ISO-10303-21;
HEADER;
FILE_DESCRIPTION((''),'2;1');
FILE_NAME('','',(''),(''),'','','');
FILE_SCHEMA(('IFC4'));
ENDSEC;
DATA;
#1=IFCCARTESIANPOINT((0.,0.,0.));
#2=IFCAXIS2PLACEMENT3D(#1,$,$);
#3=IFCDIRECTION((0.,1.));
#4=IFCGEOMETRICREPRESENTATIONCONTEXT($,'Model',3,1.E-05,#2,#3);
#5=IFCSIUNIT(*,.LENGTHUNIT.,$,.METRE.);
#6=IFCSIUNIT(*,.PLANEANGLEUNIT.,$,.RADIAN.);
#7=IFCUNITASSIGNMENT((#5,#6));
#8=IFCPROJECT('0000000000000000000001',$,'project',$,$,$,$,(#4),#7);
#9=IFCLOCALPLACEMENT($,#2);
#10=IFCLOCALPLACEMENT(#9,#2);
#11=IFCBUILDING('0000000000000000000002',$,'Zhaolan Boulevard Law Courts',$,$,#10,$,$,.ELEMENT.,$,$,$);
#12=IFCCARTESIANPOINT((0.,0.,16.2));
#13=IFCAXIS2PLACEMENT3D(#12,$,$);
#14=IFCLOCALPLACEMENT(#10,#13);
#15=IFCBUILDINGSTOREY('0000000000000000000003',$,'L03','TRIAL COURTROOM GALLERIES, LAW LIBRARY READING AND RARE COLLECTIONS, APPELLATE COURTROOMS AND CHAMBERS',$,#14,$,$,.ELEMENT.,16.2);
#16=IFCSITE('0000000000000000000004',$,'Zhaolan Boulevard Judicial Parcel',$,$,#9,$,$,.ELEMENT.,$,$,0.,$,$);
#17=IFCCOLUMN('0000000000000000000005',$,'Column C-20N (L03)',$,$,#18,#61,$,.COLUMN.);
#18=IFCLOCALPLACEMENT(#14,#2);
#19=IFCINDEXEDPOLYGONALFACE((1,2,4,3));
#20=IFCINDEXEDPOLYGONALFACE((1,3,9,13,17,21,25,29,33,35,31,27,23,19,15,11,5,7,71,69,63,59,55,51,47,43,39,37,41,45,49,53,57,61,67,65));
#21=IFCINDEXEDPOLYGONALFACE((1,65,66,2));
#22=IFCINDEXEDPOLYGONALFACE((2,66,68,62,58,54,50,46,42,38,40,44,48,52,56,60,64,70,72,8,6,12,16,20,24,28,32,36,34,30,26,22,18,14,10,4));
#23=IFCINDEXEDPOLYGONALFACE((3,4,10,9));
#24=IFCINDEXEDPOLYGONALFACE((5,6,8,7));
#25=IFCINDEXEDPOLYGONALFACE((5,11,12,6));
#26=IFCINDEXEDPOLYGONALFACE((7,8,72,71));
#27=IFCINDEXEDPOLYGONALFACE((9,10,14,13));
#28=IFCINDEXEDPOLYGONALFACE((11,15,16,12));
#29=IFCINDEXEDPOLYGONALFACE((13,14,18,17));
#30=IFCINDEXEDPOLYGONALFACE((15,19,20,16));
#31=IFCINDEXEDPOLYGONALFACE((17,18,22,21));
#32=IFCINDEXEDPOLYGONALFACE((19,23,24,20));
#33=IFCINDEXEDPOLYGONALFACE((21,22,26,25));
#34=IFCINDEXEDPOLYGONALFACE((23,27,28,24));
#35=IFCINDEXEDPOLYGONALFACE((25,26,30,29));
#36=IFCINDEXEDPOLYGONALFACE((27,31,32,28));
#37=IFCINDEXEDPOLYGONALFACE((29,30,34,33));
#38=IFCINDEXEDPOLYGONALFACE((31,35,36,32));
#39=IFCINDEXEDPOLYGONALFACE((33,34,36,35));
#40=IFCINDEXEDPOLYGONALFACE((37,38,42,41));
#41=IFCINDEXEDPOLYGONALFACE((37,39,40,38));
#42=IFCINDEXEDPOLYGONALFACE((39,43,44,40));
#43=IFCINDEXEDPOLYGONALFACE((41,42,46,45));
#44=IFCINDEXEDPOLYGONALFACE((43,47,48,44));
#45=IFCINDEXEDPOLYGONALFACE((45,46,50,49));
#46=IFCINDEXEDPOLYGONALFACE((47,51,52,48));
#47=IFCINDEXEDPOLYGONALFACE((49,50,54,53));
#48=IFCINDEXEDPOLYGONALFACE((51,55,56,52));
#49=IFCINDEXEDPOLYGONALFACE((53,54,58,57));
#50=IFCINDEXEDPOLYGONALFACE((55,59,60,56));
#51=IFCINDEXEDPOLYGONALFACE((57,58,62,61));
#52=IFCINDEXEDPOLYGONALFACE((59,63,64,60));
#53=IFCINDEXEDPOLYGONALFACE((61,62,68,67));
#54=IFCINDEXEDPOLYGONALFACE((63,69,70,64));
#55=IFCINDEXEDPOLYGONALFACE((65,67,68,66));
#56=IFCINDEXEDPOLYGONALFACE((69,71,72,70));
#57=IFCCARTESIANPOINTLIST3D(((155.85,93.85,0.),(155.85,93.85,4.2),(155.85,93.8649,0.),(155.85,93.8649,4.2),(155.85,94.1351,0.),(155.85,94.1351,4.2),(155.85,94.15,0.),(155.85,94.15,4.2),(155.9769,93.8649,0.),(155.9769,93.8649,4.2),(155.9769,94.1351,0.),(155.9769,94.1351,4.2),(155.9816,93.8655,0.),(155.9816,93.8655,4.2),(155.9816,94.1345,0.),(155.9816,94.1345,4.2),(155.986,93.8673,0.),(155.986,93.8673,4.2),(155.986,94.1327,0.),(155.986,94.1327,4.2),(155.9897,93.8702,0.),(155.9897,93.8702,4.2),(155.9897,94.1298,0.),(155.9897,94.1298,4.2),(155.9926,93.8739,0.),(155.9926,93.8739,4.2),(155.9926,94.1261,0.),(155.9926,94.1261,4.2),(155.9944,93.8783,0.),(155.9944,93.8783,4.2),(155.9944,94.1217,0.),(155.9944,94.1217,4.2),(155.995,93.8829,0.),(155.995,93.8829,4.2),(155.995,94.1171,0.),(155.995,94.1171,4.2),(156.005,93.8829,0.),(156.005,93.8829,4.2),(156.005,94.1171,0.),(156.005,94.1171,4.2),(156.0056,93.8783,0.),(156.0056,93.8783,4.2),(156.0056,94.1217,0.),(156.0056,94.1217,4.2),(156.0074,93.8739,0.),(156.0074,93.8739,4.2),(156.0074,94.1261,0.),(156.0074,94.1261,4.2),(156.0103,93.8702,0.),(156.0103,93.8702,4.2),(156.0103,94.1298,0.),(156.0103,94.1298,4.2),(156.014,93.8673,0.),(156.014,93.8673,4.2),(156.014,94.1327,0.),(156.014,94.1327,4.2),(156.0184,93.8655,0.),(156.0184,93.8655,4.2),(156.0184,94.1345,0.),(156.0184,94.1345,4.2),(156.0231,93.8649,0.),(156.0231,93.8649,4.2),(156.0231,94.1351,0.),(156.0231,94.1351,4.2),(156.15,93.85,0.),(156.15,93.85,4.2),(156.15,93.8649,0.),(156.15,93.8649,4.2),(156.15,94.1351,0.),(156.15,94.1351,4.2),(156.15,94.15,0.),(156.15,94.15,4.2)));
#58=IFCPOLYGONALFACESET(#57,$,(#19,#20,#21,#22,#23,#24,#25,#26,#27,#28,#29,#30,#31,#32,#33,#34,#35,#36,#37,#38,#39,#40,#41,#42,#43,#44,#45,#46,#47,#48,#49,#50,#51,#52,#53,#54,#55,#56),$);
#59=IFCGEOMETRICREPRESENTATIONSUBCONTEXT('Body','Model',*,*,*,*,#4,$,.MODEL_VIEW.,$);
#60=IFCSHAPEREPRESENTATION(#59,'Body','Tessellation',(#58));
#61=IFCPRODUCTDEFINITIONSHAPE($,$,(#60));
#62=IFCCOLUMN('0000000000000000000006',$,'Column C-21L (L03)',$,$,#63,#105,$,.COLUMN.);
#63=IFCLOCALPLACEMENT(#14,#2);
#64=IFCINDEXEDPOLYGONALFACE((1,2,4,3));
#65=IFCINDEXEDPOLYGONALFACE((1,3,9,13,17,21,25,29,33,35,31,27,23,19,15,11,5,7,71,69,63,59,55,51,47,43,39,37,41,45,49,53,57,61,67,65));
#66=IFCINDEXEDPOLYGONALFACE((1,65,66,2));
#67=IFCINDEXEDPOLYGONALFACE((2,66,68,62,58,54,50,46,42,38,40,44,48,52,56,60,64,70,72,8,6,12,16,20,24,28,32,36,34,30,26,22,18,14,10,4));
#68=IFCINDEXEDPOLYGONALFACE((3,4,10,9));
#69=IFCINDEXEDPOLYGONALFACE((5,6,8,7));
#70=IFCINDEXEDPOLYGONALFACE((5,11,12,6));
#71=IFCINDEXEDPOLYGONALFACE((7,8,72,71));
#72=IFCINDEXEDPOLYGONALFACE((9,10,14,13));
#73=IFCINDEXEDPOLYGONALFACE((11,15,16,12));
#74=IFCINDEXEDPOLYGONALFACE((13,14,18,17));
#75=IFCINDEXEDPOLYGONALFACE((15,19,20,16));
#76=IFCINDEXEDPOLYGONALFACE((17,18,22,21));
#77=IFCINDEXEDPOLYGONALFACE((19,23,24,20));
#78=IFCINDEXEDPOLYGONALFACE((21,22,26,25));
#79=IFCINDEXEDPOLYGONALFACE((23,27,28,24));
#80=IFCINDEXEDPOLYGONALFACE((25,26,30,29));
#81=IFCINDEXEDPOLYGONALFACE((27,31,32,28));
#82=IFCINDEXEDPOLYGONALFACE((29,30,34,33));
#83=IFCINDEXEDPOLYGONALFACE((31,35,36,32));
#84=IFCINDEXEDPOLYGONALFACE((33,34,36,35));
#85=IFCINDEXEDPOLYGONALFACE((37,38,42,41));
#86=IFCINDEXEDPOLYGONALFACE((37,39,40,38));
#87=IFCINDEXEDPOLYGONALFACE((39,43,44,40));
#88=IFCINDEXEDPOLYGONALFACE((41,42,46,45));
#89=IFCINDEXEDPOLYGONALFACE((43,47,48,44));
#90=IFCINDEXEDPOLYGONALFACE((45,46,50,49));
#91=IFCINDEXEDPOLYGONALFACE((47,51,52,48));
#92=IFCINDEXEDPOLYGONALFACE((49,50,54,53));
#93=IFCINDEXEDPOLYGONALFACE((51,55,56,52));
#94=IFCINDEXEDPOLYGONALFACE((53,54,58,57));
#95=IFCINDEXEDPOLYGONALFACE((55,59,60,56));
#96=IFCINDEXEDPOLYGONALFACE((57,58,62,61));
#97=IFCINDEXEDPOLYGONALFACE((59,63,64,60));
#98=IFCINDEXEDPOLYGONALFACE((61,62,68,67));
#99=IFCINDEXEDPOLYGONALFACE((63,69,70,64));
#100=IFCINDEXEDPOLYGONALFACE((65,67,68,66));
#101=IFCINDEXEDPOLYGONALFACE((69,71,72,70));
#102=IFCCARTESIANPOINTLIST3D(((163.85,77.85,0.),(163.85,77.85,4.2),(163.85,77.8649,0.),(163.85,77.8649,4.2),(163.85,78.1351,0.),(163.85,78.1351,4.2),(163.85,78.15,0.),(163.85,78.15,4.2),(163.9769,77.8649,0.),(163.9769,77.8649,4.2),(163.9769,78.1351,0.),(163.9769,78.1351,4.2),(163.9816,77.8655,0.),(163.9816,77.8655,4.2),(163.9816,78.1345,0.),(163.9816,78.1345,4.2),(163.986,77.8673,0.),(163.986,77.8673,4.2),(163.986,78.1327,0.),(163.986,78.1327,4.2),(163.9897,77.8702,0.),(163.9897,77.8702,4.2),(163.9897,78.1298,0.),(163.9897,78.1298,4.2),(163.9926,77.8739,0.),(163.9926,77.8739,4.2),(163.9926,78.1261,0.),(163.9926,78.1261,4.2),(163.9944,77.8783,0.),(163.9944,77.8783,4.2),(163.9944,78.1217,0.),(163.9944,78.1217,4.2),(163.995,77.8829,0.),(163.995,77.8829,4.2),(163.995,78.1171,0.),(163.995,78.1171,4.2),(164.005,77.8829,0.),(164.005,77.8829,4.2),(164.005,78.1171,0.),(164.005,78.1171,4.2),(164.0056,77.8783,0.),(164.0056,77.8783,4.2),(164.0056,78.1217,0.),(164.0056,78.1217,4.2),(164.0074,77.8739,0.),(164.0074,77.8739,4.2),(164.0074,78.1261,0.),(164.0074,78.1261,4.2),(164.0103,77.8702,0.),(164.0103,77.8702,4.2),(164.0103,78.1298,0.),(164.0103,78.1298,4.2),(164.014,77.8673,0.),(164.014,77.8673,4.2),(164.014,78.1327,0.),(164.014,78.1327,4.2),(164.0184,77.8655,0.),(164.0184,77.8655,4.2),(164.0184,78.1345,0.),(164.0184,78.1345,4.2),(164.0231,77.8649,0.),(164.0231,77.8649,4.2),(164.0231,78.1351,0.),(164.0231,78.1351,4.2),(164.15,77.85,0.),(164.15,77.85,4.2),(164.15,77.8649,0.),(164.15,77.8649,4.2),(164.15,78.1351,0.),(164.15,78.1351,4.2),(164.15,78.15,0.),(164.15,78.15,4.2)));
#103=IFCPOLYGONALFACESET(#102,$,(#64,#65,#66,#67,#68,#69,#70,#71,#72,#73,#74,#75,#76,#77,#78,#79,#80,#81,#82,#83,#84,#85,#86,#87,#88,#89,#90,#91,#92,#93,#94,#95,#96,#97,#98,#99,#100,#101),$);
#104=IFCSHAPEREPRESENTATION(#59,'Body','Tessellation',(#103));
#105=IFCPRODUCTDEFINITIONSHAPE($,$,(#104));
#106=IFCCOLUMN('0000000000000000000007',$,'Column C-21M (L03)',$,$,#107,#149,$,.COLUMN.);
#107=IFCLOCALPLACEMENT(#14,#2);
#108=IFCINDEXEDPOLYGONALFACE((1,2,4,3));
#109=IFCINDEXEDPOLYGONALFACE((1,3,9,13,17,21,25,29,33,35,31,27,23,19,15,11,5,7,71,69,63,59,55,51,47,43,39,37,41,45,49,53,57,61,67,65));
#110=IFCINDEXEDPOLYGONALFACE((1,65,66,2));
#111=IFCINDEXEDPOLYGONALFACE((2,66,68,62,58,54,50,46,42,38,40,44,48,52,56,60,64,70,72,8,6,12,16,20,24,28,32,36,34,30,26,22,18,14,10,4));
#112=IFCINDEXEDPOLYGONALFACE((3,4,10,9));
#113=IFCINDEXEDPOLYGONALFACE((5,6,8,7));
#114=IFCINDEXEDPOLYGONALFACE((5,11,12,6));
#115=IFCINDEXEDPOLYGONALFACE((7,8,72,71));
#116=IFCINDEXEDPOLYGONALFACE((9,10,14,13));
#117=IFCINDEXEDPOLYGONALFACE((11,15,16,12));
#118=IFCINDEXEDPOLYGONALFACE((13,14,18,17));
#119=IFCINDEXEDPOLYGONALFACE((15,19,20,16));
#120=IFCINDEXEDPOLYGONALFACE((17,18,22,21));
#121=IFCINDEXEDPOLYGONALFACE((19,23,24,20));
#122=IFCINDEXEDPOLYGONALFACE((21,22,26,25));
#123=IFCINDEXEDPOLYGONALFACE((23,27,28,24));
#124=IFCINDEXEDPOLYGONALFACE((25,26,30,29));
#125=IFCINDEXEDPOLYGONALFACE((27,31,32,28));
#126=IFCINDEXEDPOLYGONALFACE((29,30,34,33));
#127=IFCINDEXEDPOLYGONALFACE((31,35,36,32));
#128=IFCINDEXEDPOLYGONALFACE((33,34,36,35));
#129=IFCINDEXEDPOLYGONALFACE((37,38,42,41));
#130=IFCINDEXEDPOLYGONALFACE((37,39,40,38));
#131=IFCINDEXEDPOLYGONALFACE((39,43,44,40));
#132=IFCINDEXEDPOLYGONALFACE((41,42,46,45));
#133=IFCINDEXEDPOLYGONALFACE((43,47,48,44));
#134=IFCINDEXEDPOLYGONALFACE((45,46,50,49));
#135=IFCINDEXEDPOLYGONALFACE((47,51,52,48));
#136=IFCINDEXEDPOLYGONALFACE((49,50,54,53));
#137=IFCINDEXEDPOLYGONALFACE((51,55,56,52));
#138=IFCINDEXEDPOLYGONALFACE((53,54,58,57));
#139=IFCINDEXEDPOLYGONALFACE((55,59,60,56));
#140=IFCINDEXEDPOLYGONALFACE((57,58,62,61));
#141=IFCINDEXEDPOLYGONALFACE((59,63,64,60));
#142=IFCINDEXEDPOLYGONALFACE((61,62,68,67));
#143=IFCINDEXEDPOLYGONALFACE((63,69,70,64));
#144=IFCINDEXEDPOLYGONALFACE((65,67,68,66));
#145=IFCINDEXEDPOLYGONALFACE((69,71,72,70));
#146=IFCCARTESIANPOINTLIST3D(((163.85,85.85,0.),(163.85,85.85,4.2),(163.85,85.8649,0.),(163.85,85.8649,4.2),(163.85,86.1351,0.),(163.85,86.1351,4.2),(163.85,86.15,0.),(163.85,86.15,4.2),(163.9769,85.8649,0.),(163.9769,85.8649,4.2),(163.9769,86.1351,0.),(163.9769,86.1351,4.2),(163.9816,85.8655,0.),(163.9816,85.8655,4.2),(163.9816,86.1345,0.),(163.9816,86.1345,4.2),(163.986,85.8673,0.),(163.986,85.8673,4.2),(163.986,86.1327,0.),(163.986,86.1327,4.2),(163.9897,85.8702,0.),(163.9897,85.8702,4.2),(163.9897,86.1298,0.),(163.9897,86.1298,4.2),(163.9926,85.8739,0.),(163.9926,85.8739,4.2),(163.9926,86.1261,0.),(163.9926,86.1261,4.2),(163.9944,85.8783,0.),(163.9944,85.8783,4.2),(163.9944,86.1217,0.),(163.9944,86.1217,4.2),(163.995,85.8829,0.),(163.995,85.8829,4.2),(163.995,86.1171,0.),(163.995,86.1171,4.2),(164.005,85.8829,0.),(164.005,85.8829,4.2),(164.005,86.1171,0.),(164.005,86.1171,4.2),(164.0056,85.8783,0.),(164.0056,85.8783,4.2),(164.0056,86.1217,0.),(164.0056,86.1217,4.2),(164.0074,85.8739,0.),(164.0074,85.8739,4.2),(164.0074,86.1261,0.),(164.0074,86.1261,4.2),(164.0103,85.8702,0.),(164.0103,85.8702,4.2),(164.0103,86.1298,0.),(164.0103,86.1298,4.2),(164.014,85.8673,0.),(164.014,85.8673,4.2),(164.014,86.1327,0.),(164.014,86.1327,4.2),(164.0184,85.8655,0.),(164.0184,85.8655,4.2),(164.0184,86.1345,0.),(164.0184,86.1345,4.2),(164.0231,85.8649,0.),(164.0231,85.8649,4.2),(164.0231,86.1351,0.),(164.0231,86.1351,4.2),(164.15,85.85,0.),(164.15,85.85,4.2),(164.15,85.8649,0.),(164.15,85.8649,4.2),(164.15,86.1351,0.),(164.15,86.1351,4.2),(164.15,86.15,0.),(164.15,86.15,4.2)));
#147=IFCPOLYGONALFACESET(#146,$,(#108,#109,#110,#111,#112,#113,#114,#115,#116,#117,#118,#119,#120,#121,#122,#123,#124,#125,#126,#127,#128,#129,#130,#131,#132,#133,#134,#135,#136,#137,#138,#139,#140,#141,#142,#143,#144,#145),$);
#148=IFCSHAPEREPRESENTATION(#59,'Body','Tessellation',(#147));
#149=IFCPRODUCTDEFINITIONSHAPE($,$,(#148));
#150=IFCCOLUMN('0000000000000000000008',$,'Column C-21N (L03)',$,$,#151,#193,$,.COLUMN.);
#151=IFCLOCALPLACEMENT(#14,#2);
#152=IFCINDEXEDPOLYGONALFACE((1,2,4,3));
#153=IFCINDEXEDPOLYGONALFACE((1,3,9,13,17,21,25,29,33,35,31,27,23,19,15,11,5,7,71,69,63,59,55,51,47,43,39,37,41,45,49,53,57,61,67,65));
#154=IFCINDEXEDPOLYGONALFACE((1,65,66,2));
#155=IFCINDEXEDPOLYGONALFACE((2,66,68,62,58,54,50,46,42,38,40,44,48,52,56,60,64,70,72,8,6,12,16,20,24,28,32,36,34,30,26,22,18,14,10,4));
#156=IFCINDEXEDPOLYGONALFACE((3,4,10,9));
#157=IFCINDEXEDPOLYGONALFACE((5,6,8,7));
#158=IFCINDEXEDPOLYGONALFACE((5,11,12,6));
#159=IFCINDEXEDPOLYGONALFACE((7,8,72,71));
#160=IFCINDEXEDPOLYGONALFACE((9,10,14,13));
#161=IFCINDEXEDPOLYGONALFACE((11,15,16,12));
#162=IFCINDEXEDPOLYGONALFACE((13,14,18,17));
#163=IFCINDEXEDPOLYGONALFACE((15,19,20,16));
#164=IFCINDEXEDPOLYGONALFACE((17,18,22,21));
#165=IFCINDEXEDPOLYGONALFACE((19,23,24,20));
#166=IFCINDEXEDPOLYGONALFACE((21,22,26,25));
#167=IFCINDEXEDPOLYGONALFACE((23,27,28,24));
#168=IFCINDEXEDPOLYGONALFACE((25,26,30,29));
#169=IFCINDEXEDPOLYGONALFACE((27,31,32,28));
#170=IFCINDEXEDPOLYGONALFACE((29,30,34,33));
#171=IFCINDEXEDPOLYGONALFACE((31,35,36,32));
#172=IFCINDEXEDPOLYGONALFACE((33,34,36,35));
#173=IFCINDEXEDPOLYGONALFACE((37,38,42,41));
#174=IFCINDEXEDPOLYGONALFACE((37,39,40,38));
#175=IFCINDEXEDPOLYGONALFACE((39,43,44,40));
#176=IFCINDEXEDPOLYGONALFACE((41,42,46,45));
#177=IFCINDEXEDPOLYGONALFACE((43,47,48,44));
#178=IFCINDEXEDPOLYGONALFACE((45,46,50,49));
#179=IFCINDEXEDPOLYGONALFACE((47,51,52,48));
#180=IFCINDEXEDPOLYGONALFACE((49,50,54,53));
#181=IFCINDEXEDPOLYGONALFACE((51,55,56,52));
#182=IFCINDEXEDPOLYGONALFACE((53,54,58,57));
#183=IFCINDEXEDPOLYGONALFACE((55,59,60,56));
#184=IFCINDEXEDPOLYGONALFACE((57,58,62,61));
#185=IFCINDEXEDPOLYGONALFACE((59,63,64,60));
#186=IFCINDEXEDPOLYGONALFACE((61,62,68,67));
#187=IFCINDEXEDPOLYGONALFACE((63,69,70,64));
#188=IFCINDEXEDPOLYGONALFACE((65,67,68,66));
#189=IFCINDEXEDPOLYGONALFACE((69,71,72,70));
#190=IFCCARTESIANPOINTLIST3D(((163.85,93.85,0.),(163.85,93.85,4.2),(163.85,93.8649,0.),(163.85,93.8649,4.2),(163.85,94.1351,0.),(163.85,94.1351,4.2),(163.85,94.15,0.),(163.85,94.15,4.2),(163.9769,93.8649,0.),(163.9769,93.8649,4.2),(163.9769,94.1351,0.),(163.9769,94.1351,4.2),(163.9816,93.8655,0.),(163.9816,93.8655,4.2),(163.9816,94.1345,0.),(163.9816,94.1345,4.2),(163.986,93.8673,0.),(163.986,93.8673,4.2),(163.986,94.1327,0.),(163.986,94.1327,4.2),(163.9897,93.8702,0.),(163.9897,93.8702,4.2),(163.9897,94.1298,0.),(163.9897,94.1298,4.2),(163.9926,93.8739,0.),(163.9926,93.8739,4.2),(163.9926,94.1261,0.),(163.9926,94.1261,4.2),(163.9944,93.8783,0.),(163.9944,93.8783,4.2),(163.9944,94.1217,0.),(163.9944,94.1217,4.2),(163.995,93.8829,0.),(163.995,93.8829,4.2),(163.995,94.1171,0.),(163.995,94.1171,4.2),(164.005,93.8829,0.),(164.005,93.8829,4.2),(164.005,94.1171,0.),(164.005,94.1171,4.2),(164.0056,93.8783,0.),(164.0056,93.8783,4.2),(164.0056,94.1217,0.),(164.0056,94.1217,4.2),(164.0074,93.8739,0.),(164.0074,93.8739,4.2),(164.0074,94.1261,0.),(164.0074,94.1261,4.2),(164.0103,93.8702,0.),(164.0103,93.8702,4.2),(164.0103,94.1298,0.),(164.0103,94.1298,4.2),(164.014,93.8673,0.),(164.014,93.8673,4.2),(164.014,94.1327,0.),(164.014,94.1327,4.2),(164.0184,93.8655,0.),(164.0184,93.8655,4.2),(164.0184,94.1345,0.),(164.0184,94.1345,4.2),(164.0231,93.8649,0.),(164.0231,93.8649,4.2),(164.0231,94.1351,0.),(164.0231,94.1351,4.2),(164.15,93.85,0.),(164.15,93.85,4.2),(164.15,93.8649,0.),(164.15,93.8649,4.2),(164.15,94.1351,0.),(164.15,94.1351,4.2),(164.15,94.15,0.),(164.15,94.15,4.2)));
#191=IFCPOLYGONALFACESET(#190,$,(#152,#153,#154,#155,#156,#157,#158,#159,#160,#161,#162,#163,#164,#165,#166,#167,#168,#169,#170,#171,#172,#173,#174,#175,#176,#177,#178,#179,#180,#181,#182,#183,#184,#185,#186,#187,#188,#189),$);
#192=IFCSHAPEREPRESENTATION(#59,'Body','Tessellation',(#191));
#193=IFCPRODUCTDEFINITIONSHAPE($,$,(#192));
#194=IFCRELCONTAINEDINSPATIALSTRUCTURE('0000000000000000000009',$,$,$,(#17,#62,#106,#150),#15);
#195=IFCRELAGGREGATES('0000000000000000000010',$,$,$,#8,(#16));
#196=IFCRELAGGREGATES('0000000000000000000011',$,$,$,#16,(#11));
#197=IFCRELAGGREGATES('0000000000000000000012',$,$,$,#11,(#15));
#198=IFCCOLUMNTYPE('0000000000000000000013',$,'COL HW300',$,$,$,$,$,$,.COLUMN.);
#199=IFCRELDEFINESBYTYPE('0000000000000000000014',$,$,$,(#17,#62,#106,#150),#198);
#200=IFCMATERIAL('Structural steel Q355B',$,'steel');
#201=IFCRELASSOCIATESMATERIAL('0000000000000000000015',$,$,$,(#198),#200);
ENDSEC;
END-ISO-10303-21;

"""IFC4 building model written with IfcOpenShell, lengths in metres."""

from ifc_helpers import new_model, si_unit, direction, frame, origin, origin_2d, place, context, subcontext, project, spatial, i_section, extrude, material, material_profile, profile_set, type_object, element, save


model = new_model("IFC4")

# Units and contexts
model_context = context("Model", 3, precision=1e-05, world=origin(), true_north=direction((0.0, 1.0)))
body_context = subcontext(model_context, "Body", "Model", "MODEL_VIEW")
ifc_project = project(units=[si_unit("LENGTHUNIT", "METRE"), si_unit("PLANEANGLEUNIT", "RADIAN")], contexts=[model_context])

# Site, building, storey
site_placement = place(None, origin())
site = spatial("IfcSite", under=ifc_project, at=site_placement, Name="Zhaolan Boulevard Judicial Parcel", CompositionType="ELEMENT", RefElevation=0.0)
building_placement = place(site_placement, origin())
building = spatial("IfcBuilding", under=site, at=building_placement, Name="Zhaolan Boulevard Law Courts", CompositionType="ELEMENT")
storey_placement = place(building_placement, frame((0.0, 0.0, 16.2)))
storey = spatial("IfcBuildingStorey", under=building, at=storey_placement, Name="L03", Description="TRIAL COURTROOM GALLERIES, LAW LIBRARY READING AND RARE COLLECTIONS, APPELLATE COURTROOMS AND CHAMBERS", CompositionType="ELEMENT", Elevation=16.2)

# Columns
ifc_material_1 = material(Name="Structural steel Q355B", Category="steel")
ifc_material_profile_1 = material_profile(ifc_material_1, i_section(OverallWidth=0.3, OverallDepth=0.3, WebThickness=0.01, FlangeThickness=0.0149, FilletRadius=0.0181, at=origin_2d()), Name="HW300x300")
ifc_profile_set_1 = profile_set([ifc_material_profile_1], Name="Structural steel Q355B")
column_type = type_object("IfcColumnType", Name="COL HW300", PredefinedType="COLUMN", material=ifc_profile_set_1)
for number, where, z_axis, x_axis, name in (
    (1, (156.0, 94.0, 0.0), (0.0, 0.0, 1.0), (1.0, 0.0, 0.0), "Column C-20N (L03)"),
    (2, (164.0, 78.0, 0.0), (0.0, 0.0, 1.0), (1.0, 0.0, 0.0), "Column C-21L (L03)"),
    (3, (164.0, 86.0, 0.0), (0.0, 0.0, 1.0), (1.0, 0.0, 0.0), "Column C-21M (L03)"),
    (4, (164.0, 94.0, 0.0), (0.0, 0.0, 1.0), (1.0, 0.0, 0.0), "Column C-21N (L03)"),
):
    element("IfcColumn", number, at=place(storey_placement, frame(where, z_axis=z_axis, x_axis=x_axis)), inside=storey, type_object=column_type, Name=name, PredefinedType="COLUMN", context=body_context, shape_type="SweptSolid", body=[
        extrude(i_section(OverallWidth=0.3, OverallDepth=0.3, WebThickness=0.01, FlangeThickness=0.0149, FilletRadius=0.0181, at=origin_2d()), origin(), (0.0, 0.0, 1.0), 4.2),
    ])

save(model, "model.ifc")
